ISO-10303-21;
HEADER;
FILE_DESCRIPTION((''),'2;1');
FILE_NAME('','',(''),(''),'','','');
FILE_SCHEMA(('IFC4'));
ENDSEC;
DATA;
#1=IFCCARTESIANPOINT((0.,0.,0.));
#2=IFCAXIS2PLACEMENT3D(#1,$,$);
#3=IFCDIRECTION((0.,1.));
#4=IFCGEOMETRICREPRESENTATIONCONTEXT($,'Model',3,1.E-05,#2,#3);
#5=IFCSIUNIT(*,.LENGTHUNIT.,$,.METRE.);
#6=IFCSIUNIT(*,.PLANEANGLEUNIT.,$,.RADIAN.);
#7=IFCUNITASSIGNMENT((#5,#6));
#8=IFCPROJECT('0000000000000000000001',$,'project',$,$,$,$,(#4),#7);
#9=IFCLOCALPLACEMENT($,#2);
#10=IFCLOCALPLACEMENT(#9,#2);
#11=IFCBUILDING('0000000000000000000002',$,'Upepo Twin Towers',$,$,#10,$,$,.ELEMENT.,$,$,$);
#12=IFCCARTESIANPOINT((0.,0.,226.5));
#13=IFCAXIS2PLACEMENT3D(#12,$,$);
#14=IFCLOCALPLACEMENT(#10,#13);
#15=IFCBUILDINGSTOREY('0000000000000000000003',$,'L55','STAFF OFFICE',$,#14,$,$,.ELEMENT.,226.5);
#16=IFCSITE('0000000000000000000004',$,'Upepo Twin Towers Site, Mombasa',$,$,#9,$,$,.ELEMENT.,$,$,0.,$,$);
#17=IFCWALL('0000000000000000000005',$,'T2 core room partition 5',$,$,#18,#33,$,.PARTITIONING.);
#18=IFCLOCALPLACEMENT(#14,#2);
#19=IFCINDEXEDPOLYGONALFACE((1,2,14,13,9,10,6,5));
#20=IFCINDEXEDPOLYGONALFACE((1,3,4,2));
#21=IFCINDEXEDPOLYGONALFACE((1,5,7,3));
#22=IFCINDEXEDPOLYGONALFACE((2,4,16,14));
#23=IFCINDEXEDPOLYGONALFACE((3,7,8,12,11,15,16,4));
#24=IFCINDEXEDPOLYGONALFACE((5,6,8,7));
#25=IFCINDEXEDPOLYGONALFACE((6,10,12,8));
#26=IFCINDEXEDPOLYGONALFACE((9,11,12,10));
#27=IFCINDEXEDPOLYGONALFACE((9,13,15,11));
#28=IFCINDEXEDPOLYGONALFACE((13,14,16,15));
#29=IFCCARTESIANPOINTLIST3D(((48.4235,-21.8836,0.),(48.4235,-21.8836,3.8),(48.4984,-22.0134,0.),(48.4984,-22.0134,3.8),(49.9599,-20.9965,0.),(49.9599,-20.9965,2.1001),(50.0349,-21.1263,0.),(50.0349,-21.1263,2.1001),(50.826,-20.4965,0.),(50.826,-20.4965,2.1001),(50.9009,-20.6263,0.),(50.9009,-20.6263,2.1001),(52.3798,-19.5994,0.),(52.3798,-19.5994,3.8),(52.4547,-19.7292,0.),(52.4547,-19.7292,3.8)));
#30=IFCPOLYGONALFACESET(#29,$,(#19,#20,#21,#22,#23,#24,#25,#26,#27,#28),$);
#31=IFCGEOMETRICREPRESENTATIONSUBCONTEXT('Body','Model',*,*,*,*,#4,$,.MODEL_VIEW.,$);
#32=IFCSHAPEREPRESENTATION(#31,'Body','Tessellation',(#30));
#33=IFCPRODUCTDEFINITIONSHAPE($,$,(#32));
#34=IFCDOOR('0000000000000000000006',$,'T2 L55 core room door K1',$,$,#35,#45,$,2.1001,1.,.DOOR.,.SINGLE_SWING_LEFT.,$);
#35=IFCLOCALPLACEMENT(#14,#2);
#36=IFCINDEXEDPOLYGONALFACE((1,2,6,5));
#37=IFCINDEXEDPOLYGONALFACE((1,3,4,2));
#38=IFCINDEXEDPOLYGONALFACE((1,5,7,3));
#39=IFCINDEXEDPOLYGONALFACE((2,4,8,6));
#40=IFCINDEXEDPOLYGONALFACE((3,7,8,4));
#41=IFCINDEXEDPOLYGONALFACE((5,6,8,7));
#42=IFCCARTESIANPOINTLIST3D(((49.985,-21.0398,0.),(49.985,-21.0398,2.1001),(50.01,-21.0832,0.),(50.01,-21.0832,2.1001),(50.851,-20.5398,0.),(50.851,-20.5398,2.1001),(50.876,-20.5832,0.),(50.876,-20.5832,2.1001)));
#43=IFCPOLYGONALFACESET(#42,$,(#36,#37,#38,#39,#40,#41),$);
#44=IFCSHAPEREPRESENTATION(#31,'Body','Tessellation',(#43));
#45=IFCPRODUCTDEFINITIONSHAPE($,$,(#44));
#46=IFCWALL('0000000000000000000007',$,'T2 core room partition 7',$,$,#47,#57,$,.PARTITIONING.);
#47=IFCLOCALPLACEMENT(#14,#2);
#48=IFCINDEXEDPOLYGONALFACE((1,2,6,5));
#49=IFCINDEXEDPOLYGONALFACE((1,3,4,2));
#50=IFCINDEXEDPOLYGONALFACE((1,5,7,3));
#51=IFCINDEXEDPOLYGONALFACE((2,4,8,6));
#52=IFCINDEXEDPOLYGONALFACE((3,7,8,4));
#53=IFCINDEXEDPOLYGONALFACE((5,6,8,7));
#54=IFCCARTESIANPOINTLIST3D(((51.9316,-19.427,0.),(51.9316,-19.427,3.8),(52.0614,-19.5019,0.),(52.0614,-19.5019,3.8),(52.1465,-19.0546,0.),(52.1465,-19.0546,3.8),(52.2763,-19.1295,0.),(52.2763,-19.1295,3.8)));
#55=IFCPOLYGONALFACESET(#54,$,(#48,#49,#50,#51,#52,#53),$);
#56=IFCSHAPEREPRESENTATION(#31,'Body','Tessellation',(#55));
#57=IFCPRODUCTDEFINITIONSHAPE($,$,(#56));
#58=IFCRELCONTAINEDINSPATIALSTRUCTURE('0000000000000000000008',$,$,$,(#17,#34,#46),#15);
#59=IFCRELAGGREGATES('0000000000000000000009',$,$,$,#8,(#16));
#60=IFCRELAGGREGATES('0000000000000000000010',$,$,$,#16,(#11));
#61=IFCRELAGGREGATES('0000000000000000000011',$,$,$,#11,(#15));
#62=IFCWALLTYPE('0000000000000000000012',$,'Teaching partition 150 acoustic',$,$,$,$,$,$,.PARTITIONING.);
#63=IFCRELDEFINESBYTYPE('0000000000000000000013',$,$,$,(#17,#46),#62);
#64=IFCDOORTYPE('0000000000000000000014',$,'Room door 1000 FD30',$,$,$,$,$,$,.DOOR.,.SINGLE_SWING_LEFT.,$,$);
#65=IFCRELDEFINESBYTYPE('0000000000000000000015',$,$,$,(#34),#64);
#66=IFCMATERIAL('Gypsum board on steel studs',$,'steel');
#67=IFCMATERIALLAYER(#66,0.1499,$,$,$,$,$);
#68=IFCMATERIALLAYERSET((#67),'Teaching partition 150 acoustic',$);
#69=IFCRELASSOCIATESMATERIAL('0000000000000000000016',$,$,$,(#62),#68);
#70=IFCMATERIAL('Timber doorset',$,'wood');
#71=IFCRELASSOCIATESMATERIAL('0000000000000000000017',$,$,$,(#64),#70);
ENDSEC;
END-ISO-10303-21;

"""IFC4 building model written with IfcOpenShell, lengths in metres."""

from ifc_helpers import new_model, si_unit, direction, frame, frame_2d, origin, place, context, subcontext, project, spatial, rectangle, extrude, material, layer, layer_set, type_object, element, fill, save


model = new_model("IFC4")

# Units and contexts
model_context = context("Model", 3, precision=1e-05, world=origin(), true_north=direction((0.0, 1.0)))
body_context = subcontext(model_context, "Body", "Model", "MODEL_VIEW")
ifc_project = project(units=[si_unit("LENGTHUNIT", "METRE"), si_unit("PLANEANGLEUNIT", "RADIAN")], contexts=[model_context])

# Site, building, storey
site_placement = place(None, origin())
site = spatial("IfcSite", under=ifc_project, at=site_placement, Name="Upepo Twin Towers Site, Mombasa", CompositionType="ELEMENT", RefElevation=0.0)
building_placement = place(site_placement, origin())
building = spatial("IfcBuilding", under=site, at=building_placement, Name="Upepo Twin Towers", CompositionType="ELEMENT")
storey_placement = place(building_placement, frame((0.0, 0.0, 226.5)))
storey = spatial("IfcBuildingStorey", under=building, at=storey_placement, Name="L55", Description="STAFF OFFICE", CompositionType="ELEMENT", Elevation=226.5)

# Wall, opening, door
ifc_material_1 = material(Name="Gypsum board on steel studs", Category="steel")
ifc_layer_1 = layer(ifc_material_1, 0.1499)
ifc_layer_set_1 = layer_set([ifc_layer_1], Name="Teaching partition 150 acoustic")
wall_type_1 = type_object("IfcWallType", Name="Teaching partition 150 acoustic", PredefinedType="PARTITIONING", material=ifc_layer_set_1)
wall_1_placement = place(storey_placement, frame((48.4609, -21.9485, 0.0), z_axis=(0.0, 0.0, 1.0), x_axis=(0.866025, 0.500002, 0.0)))
wall_1 = element("IfcWall", 1, at=wall_1_placement, inside=storey, type_object=wall_type_1, Name="T2 core room partition 5", PredefinedType="PARTITIONING", context=body_context, shape_type="SweptSolid", body=[
    extrude(rectangle(XDim=4.5684, YDim=0.1499, at=frame_2d((2.2842, 0.0))), origin(), (0.0, 0.0, 1.0), 3.8),
])
opening_1_placement = place(wall_1_placement, frame((1.7742, 0.0, 0.0)))
opening_1 = element("IfcOpeningElement", 2, at=opening_1_placement, cuts=wall_1, PredefinedType="OPENING", context=body_context, shape_type="SweptSolid", body=[
    extrude(rectangle(XDim=1.0, YDim=2.1001, at=frame_2d((0.5, 1.05))), frame((0.0, 0.085, 0.0), z_axis=(0.0, -1.0, 0.0), x_axis=(1.0, 0.0, 0.0)), (0.0, 0.0, 1.0), 0.1699),
])
ifc_material_2 = material(Name="Timber doorset", Category="wood")
door_type_1 = type_object("IfcDoorType", Name="Room door 1000 FD30", OperationType="SINGLE_SWING_LEFT", PredefinedType="DOOR", material=ifc_material_2)
door_1_placement = place(opening_1_placement, origin())
door_1 = element("IfcDoor", 3, at=door_1_placement, inside=storey, type_object=door_type_1, Name="T2 L55 core room door K1", OperationType="SINGLE_SWING_LEFT", OverallHeight=2.1001, OverallWidth=1.0, PredefinedType="DOOR", context=body_context, shape_type="SweptSolid", body=[
    extrude(rectangle(XDim=1.0, YDim=2.1001, at=frame_2d((0.5, 1.05))), frame((0.0, 0.0249, 0.0), z_axis=(0.0, -1.0, 0.0), x_axis=(1.0, 0.0, 0.0)), (0.0, 0.0, 1.0), 0.05),
])
fill(opening_1, door_1)

# Wall
wall_2_placement = place(storey_placement, frame((51.9966, -19.4644, 0.0), z_axis=(0.0, 0.0, 1.0), x_axis=(0.499804, 0.866138, 0.0)))
element("IfcWall", 4, at=wall_2_placement, inside=storey, type_object=wall_type_1, Name="T2 core room partition 7", PredefinedType="PARTITIONING", context=body_context, shape_type="SweptSolid", body=[
    extrude(rectangle(XDim=0.4299, YDim=0.1499, at=frame_2d((0.2148, 0.0))), origin(), (0.0, 0.0, 1.0), 3.8),
])

save(model, "model.ifc")
